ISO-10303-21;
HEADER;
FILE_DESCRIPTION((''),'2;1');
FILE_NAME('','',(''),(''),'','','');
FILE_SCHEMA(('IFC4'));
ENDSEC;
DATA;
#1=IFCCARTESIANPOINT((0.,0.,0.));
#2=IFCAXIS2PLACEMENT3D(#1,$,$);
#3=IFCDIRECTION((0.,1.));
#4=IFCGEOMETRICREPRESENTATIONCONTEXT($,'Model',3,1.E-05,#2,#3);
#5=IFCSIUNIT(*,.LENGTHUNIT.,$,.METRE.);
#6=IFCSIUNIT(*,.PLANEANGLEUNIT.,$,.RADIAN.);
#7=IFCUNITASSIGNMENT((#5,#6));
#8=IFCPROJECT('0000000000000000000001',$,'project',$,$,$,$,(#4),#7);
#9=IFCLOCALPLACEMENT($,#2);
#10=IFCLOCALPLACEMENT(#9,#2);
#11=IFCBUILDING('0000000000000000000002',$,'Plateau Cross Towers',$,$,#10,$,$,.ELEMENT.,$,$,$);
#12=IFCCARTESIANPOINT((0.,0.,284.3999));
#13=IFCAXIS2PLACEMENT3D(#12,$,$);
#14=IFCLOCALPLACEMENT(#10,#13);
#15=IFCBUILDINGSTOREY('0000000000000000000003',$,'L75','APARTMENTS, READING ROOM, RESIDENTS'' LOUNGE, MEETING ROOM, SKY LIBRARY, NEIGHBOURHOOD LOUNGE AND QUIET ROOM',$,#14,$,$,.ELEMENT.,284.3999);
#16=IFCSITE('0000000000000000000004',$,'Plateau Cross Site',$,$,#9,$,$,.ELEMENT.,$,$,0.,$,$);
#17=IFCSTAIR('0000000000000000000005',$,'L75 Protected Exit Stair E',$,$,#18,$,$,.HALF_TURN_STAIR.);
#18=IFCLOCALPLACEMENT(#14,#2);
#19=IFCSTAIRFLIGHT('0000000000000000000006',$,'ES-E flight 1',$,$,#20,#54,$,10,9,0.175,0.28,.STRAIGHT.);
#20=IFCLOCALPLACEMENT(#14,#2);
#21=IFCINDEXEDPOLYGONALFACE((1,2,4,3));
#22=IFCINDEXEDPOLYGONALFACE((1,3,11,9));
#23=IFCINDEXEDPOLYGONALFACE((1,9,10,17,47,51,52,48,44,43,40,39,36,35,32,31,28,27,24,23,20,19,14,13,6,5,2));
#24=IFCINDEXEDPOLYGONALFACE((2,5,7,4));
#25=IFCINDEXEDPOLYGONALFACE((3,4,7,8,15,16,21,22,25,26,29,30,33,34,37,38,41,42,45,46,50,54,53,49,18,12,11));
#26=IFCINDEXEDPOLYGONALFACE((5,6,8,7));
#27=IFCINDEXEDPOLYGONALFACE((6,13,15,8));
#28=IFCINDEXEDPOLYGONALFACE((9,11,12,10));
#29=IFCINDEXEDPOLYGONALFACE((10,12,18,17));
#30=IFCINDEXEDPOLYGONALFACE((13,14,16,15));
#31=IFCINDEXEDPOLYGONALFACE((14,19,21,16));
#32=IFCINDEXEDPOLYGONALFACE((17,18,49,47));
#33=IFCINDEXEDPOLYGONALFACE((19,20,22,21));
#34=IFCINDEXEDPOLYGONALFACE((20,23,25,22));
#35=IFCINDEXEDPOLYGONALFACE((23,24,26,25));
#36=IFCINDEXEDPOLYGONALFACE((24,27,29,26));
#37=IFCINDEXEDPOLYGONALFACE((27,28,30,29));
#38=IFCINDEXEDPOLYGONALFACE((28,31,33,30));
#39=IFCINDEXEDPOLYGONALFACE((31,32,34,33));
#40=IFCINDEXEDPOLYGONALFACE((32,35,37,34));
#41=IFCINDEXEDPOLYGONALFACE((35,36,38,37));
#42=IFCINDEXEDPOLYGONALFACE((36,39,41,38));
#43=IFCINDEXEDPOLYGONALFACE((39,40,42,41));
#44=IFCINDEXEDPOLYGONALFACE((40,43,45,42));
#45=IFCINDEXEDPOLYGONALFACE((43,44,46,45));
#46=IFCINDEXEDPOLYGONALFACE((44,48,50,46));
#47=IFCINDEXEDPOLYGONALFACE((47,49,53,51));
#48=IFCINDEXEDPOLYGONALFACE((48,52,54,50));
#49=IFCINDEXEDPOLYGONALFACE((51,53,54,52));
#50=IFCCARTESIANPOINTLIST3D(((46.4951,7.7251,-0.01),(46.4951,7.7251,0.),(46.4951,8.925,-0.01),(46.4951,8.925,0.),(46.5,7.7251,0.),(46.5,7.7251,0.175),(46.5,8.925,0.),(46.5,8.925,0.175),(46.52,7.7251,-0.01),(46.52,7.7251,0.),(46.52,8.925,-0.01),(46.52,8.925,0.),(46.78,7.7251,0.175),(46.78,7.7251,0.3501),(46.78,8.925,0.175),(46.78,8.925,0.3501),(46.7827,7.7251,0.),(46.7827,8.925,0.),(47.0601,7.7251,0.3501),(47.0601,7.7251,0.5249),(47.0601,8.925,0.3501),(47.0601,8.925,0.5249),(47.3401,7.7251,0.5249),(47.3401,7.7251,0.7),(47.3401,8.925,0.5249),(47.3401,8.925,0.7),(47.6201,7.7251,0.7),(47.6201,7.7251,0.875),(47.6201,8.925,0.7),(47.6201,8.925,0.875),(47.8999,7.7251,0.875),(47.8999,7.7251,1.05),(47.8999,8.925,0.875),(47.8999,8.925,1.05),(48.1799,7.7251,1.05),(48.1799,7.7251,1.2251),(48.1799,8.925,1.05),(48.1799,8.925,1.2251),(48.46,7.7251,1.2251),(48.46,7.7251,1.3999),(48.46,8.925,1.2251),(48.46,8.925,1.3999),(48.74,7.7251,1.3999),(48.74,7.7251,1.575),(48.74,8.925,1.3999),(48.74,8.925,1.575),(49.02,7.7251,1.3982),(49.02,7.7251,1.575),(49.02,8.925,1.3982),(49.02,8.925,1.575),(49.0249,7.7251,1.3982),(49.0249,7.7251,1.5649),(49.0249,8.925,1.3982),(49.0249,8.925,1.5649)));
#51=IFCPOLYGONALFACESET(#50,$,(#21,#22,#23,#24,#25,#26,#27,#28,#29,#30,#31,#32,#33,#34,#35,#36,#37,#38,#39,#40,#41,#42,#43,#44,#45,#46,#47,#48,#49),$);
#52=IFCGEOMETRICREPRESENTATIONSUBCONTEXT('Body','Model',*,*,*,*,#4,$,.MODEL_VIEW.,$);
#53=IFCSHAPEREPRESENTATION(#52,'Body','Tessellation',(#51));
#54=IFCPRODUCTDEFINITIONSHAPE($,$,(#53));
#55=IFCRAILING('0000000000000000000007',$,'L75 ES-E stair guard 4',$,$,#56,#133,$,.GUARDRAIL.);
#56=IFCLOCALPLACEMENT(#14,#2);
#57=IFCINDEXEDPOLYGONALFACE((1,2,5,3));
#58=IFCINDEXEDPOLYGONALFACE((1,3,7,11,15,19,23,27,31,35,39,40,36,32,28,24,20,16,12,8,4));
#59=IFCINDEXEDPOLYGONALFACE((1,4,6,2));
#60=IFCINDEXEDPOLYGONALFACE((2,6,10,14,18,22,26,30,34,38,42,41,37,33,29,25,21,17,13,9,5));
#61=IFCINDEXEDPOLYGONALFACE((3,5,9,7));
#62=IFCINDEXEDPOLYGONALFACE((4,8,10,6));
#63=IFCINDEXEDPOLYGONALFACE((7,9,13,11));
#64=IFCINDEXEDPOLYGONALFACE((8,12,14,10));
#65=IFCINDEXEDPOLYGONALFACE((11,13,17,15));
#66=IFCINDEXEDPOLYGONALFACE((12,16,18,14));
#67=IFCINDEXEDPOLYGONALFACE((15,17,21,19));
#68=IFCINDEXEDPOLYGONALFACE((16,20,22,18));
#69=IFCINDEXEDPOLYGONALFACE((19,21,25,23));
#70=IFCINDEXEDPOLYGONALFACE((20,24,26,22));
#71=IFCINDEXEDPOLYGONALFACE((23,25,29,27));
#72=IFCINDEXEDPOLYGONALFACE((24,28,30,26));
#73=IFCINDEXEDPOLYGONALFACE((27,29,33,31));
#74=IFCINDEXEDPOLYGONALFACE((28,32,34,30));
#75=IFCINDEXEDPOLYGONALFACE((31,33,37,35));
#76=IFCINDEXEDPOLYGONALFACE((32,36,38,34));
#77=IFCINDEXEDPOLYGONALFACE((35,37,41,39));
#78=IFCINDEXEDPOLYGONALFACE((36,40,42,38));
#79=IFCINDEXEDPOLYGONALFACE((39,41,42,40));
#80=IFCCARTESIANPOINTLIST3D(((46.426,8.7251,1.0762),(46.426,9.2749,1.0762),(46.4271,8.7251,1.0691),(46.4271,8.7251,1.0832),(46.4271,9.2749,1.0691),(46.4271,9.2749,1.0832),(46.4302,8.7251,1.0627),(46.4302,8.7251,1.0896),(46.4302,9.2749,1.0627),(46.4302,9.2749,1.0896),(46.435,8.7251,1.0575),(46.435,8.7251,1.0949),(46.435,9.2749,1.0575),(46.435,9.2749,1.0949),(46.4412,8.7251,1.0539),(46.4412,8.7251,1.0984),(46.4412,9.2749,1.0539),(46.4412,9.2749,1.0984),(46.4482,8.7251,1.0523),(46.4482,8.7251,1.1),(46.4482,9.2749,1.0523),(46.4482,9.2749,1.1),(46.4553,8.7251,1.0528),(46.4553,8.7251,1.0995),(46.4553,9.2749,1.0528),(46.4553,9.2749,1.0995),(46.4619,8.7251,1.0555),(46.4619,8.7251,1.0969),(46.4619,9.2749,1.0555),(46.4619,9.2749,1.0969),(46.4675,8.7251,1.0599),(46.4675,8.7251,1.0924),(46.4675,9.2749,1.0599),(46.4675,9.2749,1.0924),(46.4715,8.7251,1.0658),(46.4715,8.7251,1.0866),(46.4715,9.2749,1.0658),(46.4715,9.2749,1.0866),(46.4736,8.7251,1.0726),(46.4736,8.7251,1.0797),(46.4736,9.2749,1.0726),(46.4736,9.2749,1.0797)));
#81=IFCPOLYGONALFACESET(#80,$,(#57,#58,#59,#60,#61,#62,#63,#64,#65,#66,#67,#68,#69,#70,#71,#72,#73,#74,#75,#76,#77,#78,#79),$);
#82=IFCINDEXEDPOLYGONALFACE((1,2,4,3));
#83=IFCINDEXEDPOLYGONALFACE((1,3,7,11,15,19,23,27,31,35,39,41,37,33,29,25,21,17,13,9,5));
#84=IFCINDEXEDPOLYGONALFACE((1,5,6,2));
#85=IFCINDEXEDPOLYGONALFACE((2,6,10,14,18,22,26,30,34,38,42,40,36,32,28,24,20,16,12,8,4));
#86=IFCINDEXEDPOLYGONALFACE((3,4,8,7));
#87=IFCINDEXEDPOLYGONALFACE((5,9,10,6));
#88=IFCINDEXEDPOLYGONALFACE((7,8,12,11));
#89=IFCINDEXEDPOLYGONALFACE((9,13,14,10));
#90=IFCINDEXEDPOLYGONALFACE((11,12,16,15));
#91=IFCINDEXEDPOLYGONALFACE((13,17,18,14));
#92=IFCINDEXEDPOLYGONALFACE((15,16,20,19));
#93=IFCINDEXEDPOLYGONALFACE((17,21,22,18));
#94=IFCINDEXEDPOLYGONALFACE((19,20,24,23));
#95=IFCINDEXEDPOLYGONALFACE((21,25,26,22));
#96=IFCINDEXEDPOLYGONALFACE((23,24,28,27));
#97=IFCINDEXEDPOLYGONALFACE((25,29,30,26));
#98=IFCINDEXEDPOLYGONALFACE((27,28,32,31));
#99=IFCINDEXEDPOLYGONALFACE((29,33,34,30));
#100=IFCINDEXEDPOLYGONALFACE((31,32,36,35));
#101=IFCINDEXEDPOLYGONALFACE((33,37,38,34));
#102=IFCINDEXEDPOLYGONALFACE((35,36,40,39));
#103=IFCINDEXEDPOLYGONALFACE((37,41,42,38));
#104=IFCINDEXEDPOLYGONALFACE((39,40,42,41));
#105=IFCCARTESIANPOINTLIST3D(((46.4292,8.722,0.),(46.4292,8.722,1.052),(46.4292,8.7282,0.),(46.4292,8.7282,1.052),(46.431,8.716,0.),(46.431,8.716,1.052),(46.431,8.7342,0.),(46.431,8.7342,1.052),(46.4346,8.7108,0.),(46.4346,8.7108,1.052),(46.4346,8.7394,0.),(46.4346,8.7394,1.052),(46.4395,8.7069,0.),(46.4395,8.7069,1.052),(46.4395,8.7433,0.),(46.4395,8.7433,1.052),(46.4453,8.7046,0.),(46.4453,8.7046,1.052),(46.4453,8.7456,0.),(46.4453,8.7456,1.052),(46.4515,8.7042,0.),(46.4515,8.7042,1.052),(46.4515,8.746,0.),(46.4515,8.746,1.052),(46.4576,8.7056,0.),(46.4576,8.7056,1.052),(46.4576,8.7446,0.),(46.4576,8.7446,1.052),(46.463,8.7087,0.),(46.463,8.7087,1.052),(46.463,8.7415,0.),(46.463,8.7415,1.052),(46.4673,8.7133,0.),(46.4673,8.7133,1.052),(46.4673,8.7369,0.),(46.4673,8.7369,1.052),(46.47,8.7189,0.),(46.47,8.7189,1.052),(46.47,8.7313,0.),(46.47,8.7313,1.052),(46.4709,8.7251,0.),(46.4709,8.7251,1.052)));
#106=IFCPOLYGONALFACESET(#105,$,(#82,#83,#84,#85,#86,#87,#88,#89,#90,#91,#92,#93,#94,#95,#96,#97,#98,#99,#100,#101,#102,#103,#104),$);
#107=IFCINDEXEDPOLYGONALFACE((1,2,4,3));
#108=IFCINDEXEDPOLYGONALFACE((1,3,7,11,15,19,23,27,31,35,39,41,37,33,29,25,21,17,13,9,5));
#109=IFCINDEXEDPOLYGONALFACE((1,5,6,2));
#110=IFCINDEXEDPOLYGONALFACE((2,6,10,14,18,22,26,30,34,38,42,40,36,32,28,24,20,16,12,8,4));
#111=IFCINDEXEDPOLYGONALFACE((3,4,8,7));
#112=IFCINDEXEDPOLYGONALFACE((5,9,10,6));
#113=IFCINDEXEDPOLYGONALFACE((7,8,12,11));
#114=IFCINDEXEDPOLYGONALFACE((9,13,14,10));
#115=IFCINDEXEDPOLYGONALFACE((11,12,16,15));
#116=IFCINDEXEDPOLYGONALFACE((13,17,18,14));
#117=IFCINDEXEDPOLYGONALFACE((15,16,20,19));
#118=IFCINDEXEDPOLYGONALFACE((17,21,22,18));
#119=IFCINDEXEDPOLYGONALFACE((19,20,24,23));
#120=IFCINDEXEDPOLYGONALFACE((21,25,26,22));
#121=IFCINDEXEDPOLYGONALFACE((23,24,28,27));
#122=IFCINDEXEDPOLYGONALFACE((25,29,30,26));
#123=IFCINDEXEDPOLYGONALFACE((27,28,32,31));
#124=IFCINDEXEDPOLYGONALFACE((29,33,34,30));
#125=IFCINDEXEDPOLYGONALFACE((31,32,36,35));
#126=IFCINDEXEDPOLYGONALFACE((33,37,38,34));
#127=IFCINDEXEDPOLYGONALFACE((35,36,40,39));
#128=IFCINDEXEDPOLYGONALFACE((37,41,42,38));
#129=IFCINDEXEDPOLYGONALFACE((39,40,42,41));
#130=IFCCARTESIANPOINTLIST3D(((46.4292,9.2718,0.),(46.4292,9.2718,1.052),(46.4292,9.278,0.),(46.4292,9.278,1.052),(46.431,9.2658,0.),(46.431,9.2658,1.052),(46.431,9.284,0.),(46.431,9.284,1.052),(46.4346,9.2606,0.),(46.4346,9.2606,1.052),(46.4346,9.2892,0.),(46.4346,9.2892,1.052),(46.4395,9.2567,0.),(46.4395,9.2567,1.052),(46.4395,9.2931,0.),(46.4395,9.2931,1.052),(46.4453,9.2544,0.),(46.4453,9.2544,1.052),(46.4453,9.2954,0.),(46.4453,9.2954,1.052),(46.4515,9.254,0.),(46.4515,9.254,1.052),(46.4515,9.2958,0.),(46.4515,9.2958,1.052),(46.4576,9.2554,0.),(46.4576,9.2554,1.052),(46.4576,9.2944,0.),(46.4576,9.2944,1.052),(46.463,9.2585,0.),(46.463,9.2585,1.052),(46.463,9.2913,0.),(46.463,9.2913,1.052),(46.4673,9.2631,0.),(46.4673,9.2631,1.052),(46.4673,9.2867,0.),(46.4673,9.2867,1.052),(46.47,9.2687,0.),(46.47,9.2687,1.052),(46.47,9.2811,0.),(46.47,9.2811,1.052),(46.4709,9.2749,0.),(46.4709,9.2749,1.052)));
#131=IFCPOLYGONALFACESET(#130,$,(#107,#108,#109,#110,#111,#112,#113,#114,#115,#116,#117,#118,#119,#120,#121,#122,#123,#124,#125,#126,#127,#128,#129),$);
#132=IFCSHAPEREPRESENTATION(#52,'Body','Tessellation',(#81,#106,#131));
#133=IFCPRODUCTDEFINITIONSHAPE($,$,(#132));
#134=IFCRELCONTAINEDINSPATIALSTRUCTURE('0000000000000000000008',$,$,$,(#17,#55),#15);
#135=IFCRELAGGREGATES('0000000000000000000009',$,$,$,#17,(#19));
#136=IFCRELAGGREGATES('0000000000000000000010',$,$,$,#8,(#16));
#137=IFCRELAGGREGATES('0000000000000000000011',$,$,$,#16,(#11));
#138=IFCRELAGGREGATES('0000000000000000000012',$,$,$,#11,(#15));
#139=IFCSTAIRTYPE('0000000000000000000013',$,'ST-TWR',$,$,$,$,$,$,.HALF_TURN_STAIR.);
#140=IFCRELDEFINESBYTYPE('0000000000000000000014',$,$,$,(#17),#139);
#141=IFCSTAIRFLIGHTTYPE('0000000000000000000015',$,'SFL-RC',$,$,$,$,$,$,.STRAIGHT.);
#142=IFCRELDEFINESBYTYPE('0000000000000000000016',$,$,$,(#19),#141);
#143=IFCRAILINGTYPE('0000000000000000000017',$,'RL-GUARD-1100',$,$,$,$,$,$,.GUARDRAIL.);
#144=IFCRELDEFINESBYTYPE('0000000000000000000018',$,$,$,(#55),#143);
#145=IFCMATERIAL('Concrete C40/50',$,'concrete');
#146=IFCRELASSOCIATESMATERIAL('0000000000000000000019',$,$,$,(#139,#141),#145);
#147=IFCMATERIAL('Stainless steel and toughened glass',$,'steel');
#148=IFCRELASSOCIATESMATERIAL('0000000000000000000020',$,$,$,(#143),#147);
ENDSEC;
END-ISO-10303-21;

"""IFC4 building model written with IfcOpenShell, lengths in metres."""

from ifc_helpers import new_model, si_unit, direction, frame, origin, origin_2d, place, context, subcontext, project, spatial, polyline, circle, outline, extrude, material, type_object, element, aggregate, save


model = new_model("IFC4")

# Units and contexts
model_context = context("Model", 3, precision=1e-05, world=origin(), true_north=direction((0.0, 1.0)))
body_context = subcontext(model_context, "Body", "Model", "MODEL_VIEW")
ifc_project = project(units=[si_unit("LENGTHUNIT", "METRE"), si_unit("PLANEANGLEUNIT", "RADIAN")], contexts=[model_context])

# Site, building, storey
site_placement = place(None, origin())
site = spatial("IfcSite", under=ifc_project, at=site_placement, Name="Plateau Cross Site", CompositionType="ELEMENT", RefElevation=0.0)
building_placement = place(site_placement, origin())
building = spatial("IfcBuilding", under=site, at=building_placement, Name="Plateau Cross Towers", CompositionType="ELEMENT")
storey_placement = place(building_placement, frame((0.0, 0.0, 284.3999)))
storey = spatial("IfcBuildingStorey", under=building, at=storey_placement, Name="L75", Description="APARTMENTS, READING ROOM, RESIDENTS' LOUNGE, MEETING ROOM, SKY LIBRARY, NEIGHBOURHOOD LOUNGE AND QUIET ROOM", CompositionType="ELEMENT", Elevation=284.3999)

# Stair, stair flight
ifc_material_1 = material(Name="Concrete C40/50", Category="concrete")
stair_type = type_object("IfcStairType", Name="ST-TWR", PredefinedType="HALF_TURN_STAIR", material=ifc_material_1)
stair_placement = place(storey_placement, origin())
stair = element("IfcStair", 1, at=stair_placement, inside=storey, type_object=stair_type, Name="L75 Protected Exit Stair E", PredefinedType="HALF_TURN_STAIR")
stair_flight_type = type_object("IfcStairFlightType", Name="SFL-RC", PredefinedType="STRAIGHT", material=ifc_material_1)
stair_flight_placement = place(storey_placement, frame((46.5, 8.325, 0.0), z_axis=(0.0, 0.0, 1.0), x_axis=(1.0, 0.0, 0.0)))
stair_flight = element("IfcStairFlight", 2, at=stair_flight_placement, type_object=stair_flight_type, Name="ES-E flight 1", NumberOfRisers=10, NumberOfTreads=9, PredefinedType="STRAIGHT", RiserHeight=0.175, TreadLength=0.28, context=body_context, shape_type="SweptSolid", body=[
    extrude(outline(polyline([(-0.0049, -0.01), (-0.0049, 0.0), (0.0, 0.0), (0.0, 0.175), (0.28, 0.175), (0.28, 0.3501), (0.5601, 0.3501), (0.5601, 0.5249), (0.8401, 0.5249), (0.8401, 0.7), (1.1201, 0.7), (1.1201, 0.875), (1.3999, 0.875), (1.3999, 1.05), (1.6799, 1.05), (1.6799, 1.2251), (1.96, 1.2251), (1.96, 1.3999), (2.24, 1.3999), (2.24, 1.575), (2.52, 1.575), (2.5249, 1.5649), (2.5249, 1.3982), (2.52, 1.3982), (0.2827, 0.0), (0.02, 0.0), (0.02, -0.01), (-0.0049, -0.01)])), frame((0.0, 0.6001, 0.0), z_axis=(0.0, -1.0, 0.0), x_axis=(1.0, 0.0, 0.0)), (0.0, 0.0, 1.0), 1.2),
])
aggregate(stair, [stair_flight])

# Railing
ifc_material_2 = material(Name="Stainless steel and toughened glass", Category="steel")
railing_type_1 = type_object("IfcRailingType", Name="RL-GUARD-1100", PredefinedType="GUARDRAIL", material=ifc_material_2)
railing_1_placement = place(storey_placement, frame((46.45, 8.7251, 0.0)))
element("IfcRailing", 3, at=railing_1_placement, inside=storey, type_object=railing_type_1, Name="L75 ES-E stair guard 4", PredefinedType="GUARDRAIL", context=body_context, shape_type="SweptSolid", body=[
    extrude(circle(Radius=0.0239, at=origin_2d()), frame((0.0, 0.0, 1.0762), z_axis=(0.0, 1.0, 0.0), x_axis=(-1.0, 0.0, 0.0)), (0.0, 0.0, 1.0), 0.5498),
    extrude(circle(Radius=0.021, at=origin_2d()), origin(), (0.0, 0.0, 1.0), 1.052),
    extrude(circle(Radius=0.021, at=origin_2d()), frame((0.0, 0.5498, 0.0)), (0.0, 0.0, 1.0), 1.052),
])

save(model, "model.ifc")
